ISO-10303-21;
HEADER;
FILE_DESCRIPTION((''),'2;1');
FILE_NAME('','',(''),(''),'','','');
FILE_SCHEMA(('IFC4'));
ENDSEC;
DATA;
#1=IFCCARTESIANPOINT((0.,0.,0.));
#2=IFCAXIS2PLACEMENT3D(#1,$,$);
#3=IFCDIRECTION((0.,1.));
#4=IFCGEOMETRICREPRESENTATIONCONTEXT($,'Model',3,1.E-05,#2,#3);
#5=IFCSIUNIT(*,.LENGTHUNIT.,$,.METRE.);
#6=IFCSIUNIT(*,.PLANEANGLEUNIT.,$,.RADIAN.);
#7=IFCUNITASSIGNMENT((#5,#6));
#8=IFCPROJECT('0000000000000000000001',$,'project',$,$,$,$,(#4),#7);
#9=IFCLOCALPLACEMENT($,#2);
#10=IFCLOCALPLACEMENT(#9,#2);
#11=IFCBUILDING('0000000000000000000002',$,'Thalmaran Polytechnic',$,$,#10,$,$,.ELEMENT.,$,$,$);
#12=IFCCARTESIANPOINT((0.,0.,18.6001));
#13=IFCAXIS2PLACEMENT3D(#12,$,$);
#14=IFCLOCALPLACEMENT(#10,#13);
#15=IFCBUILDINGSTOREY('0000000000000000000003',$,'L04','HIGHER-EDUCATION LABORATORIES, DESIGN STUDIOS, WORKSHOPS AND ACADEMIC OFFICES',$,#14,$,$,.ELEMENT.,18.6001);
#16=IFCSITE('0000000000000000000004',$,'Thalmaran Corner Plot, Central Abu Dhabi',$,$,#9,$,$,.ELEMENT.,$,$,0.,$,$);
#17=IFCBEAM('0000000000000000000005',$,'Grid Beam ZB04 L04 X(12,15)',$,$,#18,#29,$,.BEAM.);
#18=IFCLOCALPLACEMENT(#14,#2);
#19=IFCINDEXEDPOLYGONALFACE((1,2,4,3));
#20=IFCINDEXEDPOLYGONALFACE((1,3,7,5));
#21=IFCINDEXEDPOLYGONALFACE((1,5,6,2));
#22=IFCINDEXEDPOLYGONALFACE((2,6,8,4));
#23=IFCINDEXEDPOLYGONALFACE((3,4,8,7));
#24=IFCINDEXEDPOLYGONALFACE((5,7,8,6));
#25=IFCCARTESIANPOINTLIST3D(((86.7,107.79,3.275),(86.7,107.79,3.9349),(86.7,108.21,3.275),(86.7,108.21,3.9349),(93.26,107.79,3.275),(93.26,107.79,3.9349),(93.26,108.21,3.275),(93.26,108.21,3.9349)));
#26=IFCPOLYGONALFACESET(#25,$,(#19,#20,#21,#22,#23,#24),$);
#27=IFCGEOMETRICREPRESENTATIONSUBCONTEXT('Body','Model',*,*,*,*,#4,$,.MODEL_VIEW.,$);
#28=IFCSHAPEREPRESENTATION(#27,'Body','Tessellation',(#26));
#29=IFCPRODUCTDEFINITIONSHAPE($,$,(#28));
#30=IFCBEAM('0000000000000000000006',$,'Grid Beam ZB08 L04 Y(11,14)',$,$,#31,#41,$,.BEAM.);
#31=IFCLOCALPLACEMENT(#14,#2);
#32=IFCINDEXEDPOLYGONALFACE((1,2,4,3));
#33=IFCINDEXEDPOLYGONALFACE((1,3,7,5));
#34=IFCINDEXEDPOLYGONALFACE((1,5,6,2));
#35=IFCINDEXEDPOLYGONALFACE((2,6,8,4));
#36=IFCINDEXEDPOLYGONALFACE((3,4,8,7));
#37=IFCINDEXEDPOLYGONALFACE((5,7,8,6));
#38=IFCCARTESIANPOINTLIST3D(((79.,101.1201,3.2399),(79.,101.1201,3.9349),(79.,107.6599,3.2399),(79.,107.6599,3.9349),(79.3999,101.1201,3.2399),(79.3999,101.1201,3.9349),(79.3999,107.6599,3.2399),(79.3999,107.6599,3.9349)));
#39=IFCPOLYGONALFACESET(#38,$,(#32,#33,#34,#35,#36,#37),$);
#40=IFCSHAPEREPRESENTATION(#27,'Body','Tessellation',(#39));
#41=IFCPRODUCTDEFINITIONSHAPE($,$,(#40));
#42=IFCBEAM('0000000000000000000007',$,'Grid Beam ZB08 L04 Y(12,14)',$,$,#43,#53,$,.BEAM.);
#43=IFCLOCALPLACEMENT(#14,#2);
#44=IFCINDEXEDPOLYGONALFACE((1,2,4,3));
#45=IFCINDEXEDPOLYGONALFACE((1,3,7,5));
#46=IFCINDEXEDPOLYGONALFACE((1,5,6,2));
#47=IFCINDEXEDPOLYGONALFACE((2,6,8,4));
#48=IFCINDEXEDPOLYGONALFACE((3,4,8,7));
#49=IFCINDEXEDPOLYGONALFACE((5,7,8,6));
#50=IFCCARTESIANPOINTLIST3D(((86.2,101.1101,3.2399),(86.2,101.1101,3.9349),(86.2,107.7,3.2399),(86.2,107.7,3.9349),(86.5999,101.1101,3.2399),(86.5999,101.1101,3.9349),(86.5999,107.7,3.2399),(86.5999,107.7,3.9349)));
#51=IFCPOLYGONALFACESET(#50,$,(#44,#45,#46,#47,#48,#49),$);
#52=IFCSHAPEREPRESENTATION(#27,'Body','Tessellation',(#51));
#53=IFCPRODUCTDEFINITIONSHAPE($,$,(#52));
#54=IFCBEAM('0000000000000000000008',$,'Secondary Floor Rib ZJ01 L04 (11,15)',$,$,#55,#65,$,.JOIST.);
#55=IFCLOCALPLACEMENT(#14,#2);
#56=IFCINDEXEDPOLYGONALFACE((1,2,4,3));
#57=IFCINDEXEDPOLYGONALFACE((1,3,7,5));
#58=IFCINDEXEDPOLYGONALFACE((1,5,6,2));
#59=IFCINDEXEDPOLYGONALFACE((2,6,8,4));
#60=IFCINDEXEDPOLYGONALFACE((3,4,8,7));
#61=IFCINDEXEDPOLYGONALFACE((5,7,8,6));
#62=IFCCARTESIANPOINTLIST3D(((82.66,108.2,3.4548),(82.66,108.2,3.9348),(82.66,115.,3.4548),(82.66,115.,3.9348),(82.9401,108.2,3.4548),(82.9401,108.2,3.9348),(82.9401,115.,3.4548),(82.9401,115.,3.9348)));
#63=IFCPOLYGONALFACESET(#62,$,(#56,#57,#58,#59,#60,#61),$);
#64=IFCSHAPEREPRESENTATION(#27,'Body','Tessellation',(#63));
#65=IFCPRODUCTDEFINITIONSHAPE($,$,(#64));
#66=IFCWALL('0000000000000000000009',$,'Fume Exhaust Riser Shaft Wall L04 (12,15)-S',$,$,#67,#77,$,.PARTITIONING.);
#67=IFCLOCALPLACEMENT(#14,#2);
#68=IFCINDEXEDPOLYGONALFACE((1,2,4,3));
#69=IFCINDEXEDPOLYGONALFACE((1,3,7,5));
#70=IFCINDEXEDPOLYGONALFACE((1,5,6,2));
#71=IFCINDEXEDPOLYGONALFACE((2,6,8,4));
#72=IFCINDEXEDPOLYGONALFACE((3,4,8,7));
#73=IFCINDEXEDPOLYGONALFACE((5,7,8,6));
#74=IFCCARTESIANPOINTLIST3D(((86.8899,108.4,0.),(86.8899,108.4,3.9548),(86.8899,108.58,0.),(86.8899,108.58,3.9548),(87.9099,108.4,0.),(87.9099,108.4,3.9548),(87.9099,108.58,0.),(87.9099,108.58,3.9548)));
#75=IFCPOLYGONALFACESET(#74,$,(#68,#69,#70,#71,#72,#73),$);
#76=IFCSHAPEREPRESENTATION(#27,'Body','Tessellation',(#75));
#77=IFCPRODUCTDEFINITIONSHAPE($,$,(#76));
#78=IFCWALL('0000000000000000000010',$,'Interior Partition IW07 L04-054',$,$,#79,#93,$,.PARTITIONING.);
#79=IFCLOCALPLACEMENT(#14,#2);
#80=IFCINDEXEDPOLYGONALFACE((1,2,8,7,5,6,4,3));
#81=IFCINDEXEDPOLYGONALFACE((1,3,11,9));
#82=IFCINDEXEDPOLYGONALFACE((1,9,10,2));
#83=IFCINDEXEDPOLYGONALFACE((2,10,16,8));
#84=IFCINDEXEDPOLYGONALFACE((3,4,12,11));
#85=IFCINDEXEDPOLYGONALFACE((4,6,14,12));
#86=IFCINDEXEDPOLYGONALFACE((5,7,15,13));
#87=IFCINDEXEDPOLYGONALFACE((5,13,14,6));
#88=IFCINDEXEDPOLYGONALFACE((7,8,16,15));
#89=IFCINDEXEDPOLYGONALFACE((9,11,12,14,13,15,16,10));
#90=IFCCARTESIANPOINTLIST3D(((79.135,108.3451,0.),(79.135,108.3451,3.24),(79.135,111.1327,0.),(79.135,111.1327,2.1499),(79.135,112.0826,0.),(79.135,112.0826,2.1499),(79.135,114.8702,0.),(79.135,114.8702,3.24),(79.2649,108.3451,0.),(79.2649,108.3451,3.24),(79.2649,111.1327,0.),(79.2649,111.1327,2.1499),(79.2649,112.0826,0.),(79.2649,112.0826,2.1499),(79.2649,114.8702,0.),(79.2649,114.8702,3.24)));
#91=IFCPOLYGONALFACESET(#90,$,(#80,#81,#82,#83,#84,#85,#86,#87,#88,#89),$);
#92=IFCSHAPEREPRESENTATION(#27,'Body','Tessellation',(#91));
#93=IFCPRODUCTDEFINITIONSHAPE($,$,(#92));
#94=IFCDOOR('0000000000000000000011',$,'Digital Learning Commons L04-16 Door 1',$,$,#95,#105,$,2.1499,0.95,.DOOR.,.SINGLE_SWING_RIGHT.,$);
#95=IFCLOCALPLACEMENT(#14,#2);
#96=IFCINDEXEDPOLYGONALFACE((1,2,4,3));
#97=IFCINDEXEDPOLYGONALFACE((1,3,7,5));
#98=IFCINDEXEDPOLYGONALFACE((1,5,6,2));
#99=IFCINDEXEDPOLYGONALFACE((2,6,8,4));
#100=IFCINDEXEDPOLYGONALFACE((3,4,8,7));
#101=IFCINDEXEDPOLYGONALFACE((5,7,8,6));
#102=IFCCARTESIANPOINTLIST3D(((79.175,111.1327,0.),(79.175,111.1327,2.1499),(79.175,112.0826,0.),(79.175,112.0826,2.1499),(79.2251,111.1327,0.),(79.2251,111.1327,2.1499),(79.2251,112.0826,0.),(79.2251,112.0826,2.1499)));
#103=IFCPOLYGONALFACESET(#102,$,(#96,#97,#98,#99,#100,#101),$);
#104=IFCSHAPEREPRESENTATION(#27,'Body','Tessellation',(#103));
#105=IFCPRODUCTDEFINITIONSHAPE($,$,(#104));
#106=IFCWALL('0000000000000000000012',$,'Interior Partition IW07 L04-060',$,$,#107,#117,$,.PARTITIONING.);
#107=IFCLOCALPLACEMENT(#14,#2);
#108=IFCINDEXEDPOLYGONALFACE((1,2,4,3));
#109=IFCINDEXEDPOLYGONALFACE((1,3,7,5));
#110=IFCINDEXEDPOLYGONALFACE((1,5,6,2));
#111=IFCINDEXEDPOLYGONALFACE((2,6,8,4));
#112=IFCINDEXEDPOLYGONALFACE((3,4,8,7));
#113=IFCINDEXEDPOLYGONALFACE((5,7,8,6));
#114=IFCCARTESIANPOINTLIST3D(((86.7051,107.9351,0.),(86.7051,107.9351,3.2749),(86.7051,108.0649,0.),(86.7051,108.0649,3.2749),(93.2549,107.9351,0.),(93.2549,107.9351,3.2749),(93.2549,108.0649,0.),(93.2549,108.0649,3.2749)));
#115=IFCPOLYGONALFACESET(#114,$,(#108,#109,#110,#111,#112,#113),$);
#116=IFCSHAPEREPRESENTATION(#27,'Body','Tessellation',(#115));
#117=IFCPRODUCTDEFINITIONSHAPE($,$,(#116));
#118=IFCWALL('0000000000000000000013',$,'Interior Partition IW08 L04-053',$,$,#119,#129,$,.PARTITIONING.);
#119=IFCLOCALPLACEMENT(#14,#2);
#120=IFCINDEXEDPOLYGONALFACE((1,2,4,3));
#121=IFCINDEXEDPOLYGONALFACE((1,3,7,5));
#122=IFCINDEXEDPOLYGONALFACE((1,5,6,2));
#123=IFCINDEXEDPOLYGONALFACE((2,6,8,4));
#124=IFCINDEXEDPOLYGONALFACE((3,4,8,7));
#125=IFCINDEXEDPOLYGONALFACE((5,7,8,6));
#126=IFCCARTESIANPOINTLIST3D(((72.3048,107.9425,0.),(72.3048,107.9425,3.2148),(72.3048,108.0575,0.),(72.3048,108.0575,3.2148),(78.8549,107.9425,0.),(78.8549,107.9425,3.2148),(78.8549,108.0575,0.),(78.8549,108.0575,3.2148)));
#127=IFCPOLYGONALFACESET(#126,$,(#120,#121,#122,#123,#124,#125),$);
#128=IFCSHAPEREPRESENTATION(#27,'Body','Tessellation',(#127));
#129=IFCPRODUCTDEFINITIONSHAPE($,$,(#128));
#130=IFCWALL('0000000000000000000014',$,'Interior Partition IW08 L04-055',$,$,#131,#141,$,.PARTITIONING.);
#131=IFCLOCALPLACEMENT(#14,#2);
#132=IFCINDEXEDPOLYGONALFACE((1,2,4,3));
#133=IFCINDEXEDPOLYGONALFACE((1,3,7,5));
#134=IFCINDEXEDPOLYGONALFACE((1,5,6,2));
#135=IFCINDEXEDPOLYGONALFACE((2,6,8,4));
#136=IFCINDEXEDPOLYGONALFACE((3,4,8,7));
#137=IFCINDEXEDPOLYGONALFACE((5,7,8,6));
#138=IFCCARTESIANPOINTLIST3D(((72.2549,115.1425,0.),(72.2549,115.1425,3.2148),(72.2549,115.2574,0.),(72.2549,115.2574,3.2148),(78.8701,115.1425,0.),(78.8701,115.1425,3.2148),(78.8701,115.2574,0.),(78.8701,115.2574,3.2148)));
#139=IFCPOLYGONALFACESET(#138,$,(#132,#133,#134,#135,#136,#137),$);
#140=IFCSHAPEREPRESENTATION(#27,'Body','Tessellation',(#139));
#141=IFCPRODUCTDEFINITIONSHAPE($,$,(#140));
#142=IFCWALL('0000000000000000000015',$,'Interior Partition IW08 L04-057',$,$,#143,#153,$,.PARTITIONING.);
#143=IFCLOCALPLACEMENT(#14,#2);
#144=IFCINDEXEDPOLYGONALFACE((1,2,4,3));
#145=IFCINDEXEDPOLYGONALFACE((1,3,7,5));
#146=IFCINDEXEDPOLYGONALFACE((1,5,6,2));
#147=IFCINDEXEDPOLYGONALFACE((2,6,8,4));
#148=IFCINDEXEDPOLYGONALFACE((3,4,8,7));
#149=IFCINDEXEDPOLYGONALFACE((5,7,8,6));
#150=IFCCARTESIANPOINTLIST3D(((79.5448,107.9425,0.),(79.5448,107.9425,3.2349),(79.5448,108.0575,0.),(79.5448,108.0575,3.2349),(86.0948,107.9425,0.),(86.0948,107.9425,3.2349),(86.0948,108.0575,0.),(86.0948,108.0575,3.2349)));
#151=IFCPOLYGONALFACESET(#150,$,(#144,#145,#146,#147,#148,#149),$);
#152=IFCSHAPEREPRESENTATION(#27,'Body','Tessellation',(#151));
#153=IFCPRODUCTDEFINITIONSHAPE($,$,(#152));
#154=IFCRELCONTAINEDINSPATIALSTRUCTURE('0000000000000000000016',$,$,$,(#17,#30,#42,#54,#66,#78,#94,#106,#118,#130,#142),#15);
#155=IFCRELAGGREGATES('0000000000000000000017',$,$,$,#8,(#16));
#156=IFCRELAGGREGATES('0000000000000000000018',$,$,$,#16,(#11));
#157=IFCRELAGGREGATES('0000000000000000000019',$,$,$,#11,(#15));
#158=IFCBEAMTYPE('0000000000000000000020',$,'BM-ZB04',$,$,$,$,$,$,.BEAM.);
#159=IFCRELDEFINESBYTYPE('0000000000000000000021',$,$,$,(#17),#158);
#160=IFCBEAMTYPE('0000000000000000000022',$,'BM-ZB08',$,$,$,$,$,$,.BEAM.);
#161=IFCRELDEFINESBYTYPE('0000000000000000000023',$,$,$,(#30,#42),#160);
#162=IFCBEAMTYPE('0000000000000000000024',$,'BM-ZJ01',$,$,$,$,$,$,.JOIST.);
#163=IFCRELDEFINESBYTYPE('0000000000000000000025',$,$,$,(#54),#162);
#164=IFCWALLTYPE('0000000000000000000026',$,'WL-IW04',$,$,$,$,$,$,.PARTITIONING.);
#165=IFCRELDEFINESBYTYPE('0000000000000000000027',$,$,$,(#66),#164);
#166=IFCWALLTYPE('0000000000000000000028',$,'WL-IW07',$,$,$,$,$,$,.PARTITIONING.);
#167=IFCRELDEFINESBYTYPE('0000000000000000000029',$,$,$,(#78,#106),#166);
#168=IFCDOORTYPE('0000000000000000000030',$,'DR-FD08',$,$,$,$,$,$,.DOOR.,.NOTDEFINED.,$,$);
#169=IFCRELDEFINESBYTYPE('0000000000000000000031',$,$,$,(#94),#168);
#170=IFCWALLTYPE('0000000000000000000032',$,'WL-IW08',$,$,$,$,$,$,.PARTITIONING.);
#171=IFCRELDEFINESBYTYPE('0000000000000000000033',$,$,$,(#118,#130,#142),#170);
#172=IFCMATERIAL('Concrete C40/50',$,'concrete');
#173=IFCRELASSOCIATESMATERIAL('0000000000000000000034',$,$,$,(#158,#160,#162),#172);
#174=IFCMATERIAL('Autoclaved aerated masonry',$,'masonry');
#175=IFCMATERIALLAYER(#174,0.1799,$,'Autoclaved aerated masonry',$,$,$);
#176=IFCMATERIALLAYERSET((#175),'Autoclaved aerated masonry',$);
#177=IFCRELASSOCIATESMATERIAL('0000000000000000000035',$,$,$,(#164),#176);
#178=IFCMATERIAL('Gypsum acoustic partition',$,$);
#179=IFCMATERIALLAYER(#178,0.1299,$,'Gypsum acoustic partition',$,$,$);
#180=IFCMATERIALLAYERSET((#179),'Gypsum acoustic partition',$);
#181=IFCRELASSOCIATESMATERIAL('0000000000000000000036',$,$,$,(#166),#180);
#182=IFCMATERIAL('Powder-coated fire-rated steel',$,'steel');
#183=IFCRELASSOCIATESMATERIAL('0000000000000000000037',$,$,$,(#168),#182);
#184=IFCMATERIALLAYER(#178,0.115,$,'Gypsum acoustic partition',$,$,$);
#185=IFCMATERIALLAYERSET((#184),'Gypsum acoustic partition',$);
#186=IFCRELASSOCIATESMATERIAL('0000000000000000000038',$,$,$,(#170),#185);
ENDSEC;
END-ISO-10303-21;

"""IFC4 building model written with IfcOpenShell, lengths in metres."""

from ifc_helpers import new_model, si_unit, direction, frame, frame_2d, origin, origin_2d, place, context, subcontext, project, spatial, rectangle, extrude, material, layer, layer_set, material_profile, profile_set, type_object, element, fill, save


model = new_model("IFC4")

# Units and contexts
model_context = context("Model", 3, precision=1e-05, world=origin(), true_north=direction((0.0, 1.0)))
body_context = subcontext(model_context, "Body", "Model", "MODEL_VIEW")
ifc_project = project(units=[si_unit("LENGTHUNIT", "METRE"), si_unit("PLANEANGLEUNIT", "RADIAN")], contexts=[model_context])

# Site, building, storey
site_placement = place(None, origin())
site = spatial("IfcSite", under=ifc_project, at=site_placement, Name="Thalmaran Corner Plot, Central Abu Dhabi", CompositionType="ELEMENT", RefElevation=0.0)
building_placement = place(site_placement, origin())
building = spatial("IfcBuilding", under=site, at=building_placement, Name="Thalmaran Polytechnic", CompositionType="ELEMENT")
storey_placement = place(building_placement, frame((0.0, 0.0, 18.6001)))
storey = spatial("IfcBuildingStorey", under=building, at=storey_placement, Name="L04", Description="HIGHER-EDUCATION LABORATORIES, DESIGN STUDIOS, WORKSHOPS AND ACADEMIC OFFICES", CompositionType="ELEMENT", Elevation=18.6001)

# Shared definitions
ifc_material_1 = material(Name="Concrete C40/50", Category="concrete")

# Beams
ifc_material_profile_1 = material_profile(ifc_material_1, rectangle(XDim=0.4199, YDim=0.6599, at=origin_2d()), Name="RC 420x660")
ifc_profile_set_1 = profile_set([ifc_material_profile_1], Name="Concrete C40/50")
beam_type_1 = type_object("IfcBeamType", Name="BM-ZB04", PredefinedType="BEAM", material=ifc_profile_set_1)
beam_1_placement = place(storey_placement, frame((86.7, 108.0, 3.605), z_axis=(1.0, 0.0, 0.0), x_axis=(0.0, 1.0, 0.0)))
element("IfcBeam", 1, at=beam_1_placement, inside=storey, type_object=beam_type_1, Name="Grid Beam ZB04 L04 X(12,15)", PredefinedType="BEAM", context=body_context, shape_type="SweptSolid", body=[
    extrude(rectangle(XDim=0.4199, YDim=0.6599, at=origin_2d()), origin(), (0.0, 0.0, 1.0), 6.5601),
])
ifc_material_profile_2 = material_profile(ifc_material_1, rectangle(XDim=0.3999, YDim=0.6951, at=origin_2d()), Name="RC 400x695")
ifc_profile_set_2 = profile_set([ifc_material_profile_2], Name="Concrete C40/50")
beam_type_2 = type_object("IfcBeamType", Name="BM-ZB08", PredefinedType="BEAM", material=ifc_profile_set_2)
beam_2_placement = place(storey_placement, frame((79.2, 101.1201, 3.5874), z_axis=(0.0, 1.0, 0.0), x_axis=(-1.0, 0.0, 0.0)))
element("IfcBeam", 2, at=beam_2_placement, inside=storey, type_object=beam_type_2, Name="Grid Beam ZB08 L04 Y(11,14)", PredefinedType="BEAM", context=body_context, shape_type="SweptSolid", body=[
    extrude(rectangle(XDim=0.3999, YDim=0.6951, at=origin_2d()), origin(), (0.0, 0.0, 1.0), 6.5398),
])
beam_3_placement = place(storey_placement, frame((86.3999, 101.1101, 3.5874), z_axis=(0.0, 1.0, 0.0), x_axis=(-1.0, 0.0, 0.0)))
element("IfcBeam", 3, at=beam_3_placement, inside=storey, type_object=beam_type_2, Name="Grid Beam ZB08 L04 Y(12,14)", PredefinedType="BEAM", context=body_context, shape_type="SweptSolid", body=[
    extrude(rectangle(XDim=0.3999, YDim=0.6951, at=origin_2d()), origin(), (0.0, 0.0, 1.0), 6.5898),
])
ifc_material_profile_3 = material_profile(ifc_material_1, rectangle(XDim=0.28, YDim=0.48, at=origin_2d()), Name="RC 280x480")
ifc_profile_set_3 = profile_set([ifc_material_profile_3], Name="Concrete C40/50")
beam_type_3 = type_object("IfcBeamType", Name="BM-ZJ01", PredefinedType="JOIST", material=ifc_profile_set_3)
beam_4_placement = place(storey_placement, frame((82.8, 108.2, 3.6948), z_axis=(0.0, 1.0, 0.0), x_axis=(-1.0, 0.0, 0.0)))
element("IfcBeam", 4, at=beam_4_placement, inside=storey, type_object=beam_type_3, Name="Secondary Floor Rib ZJ01 L04 (11,15)", PredefinedType="JOIST", context=body_context, shape_type="SweptSolid", body=[
    extrude(rectangle(XDim=0.28, YDim=0.48, at=origin_2d()), origin(), (0.0, 0.0, 1.0), 6.8),
])

# Wall
ifc_material_2 = material(Name="Autoclaved aerated masonry", Category="masonry")
ifc_layer_1 = layer(ifc_material_2, 0.1799, Name="Autoclaved aerated masonry")
ifc_layer_set_1 = layer_set([ifc_layer_1], Name="Autoclaved aerated masonry")
wall_type_1 = type_object("IfcWallType", Name="WL-IW04", PredefinedType="PARTITIONING", material=ifc_layer_set_1)
wall_1_placement = place(storey_placement, frame((86.8899, 108.49, 0.0), z_axis=(0.0, 0.0, 1.0), x_axis=(1.0, 0.0, 0.0)))
element("IfcWall", 5, at=wall_1_placement, inside=storey, type_object=wall_type_1, Name="Fume Exhaust Riser Shaft Wall L04 (12,15)-S", PredefinedType="PARTITIONING", context=body_context, shape_type="SweptSolid", body=[
    extrude(rectangle(XDim=1.02, YDim=0.1799, at=frame_2d((0.51, 0.0))), origin(), (0.0, 0.0, 1.0), 3.9548),
])

# Wall, opening, door
ifc_material_3 = material(Name="Gypsum acoustic partition")
ifc_layer_2 = layer(ifc_material_3, 0.1299, Name="Gypsum acoustic partition")
ifc_layer_set_2 = layer_set([ifc_layer_2], Name="Gypsum acoustic partition")
wall_type_2 = type_object("IfcWallType", Name="WL-IW07", PredefinedType="PARTITIONING", material=ifc_layer_set_2)
wall_2_placement = place(storey_placement, frame((79.2, 108.345, 0.0), z_axis=(0.0, 0.0, 1.0), x_axis=(0.0, 1.0, 0.0)))
wall_2 = element("IfcWall", 6, at=wall_2_placement, inside=storey, type_object=wall_type_2, Name="Interior Partition IW07 L04-054", PredefinedType="PARTITIONING", context=body_context, shape_type="SweptSolid", body=[
    extrude(rectangle(XDim=6.5251, YDim=0.1299, at=frame_2d((3.2627, 0.0))), origin(), (0.0, 0.0, 1.0), 3.24),
])
opening_placement = place(wall_2_placement, frame((2.7876, 0.0, 0.0)))
opening = element("IfcOpeningElement", 7, at=opening_placement, cuts=wall_2, PredefinedType="OPENING", context=body_context, shape_type="SweptSolid", body=[
    extrude(rectangle(XDim=0.95, YDim=2.1499, at=frame_2d((0.4751, 1.075))), frame((0.0, 0.075, 0.0), z_axis=(0.0, -1.0, 0.0), x_axis=(1.0, 0.0, 0.0)), (0.0, 0.0, 1.0), 0.1499),
])
ifc_material_4 = material(Name="Powder-coated fire-rated steel", Category="steel")
door_type = type_object("IfcDoorType", Name="DR-FD08", OperationType="NOTDEFINED", PredefinedType="DOOR", material=ifc_material_4)
door_placement = place(opening_placement, origin())
door = element("IfcDoor", 8, at=door_placement, inside=storey, type_object=door_type, Name="Digital Learning Commons L04-16 Door 1", OperationType="SINGLE_SWING_RIGHT", OverallHeight=2.1499, OverallWidth=0.95, PredefinedType="DOOR", context=body_context, shape_type="SweptSolid", body=[
    extrude(rectangle(XDim=0.95, YDim=2.1499, at=frame_2d((0.4751, 1.075))), frame((0.0, 0.0249, 0.0), z_axis=(0.0, -1.0, 0.0), x_axis=(1.0, 0.0, 0.0)), (0.0, 0.0, 1.0), 0.05),
])
fill(opening, door)

# Walls
wall_3_placement = place(storey_placement, frame((86.7051, 108.0, 0.0), z_axis=(0.0, 0.0, 1.0), x_axis=(1.0, 0.0, 0.0)))
element("IfcWall", 9, at=wall_3_placement, inside=storey, type_object=wall_type_2, Name="Interior Partition IW07 L04-060", PredefinedType="PARTITIONING", context=body_context, shape_type="SweptSolid", body=[
    extrude(rectangle(XDim=6.5498, YDim=0.1299, at=frame_2d((3.2749, 0.0))), origin(), (0.0, 0.0, 1.0), 3.2749),
])
ifc_layer_3 = layer(ifc_material_3, 0.115, Name="Gypsum acoustic partition")
ifc_layer_set_3 = layer_set([ifc_layer_3], Name="Gypsum acoustic partition")
wall_type_3 = type_object("IfcWallType", Name="WL-IW08", PredefinedType="PARTITIONING", material=ifc_layer_set_3)
wall_4_placement = place(storey_placement, frame((72.3049, 108.0, 0.0), z_axis=(0.0, 0.0, 1.0), x_axis=(1.0, 0.0, 0.0)))
element("IfcWall", 10, at=wall_4_placement, inside=storey, type_object=wall_type_3, Name="Interior Partition IW08 L04-053", PredefinedType="PARTITIONING", context=body_context, shape_type="SweptSolid", body=[
    extrude(rectangle(XDim=6.55, YDim=0.115, at=frame_2d((3.2749, 0.0))), origin(), (0.0, 0.0, 1.0), 3.2148),
])
wall_5_placement = place(storey_placement, frame((72.2549, 115.2, 0.0), z_axis=(0.0, 0.0, 1.0), x_axis=(1.0, 0.0, 0.0)))
element("IfcWall", 11, at=wall_5_placement, inside=storey, type_object=wall_type_3, Name="Interior Partition IW08 L04-055", PredefinedType="PARTITIONING", context=body_context, shape_type="SweptSolid", body=[
    extrude(rectangle(XDim=6.6152, YDim=0.115, at=frame_2d((3.3076, 0.0))), origin(), (0.0, 0.0, 1.0), 3.2148),
])
wall_6_placement = place(storey_placement, frame((79.5449, 108.0, 0.0), z_axis=(0.0, 0.0, 1.0), x_axis=(1.0, 0.0, 0.0)))
element("IfcWall", 12, at=wall_6_placement, inside=storey, type_object=wall_type_3, Name="Interior Partition IW08 L04-057", PredefinedType="PARTITIONING", context=body_context, shape_type="SweptSolid", body=[
    extrude(rectangle(XDim=6.55, YDim=0.115, at=frame_2d((3.2749, 0.0))), origin(), (0.0, 0.0, 1.0), 3.2349),
])

save(model, "model.ifc")
